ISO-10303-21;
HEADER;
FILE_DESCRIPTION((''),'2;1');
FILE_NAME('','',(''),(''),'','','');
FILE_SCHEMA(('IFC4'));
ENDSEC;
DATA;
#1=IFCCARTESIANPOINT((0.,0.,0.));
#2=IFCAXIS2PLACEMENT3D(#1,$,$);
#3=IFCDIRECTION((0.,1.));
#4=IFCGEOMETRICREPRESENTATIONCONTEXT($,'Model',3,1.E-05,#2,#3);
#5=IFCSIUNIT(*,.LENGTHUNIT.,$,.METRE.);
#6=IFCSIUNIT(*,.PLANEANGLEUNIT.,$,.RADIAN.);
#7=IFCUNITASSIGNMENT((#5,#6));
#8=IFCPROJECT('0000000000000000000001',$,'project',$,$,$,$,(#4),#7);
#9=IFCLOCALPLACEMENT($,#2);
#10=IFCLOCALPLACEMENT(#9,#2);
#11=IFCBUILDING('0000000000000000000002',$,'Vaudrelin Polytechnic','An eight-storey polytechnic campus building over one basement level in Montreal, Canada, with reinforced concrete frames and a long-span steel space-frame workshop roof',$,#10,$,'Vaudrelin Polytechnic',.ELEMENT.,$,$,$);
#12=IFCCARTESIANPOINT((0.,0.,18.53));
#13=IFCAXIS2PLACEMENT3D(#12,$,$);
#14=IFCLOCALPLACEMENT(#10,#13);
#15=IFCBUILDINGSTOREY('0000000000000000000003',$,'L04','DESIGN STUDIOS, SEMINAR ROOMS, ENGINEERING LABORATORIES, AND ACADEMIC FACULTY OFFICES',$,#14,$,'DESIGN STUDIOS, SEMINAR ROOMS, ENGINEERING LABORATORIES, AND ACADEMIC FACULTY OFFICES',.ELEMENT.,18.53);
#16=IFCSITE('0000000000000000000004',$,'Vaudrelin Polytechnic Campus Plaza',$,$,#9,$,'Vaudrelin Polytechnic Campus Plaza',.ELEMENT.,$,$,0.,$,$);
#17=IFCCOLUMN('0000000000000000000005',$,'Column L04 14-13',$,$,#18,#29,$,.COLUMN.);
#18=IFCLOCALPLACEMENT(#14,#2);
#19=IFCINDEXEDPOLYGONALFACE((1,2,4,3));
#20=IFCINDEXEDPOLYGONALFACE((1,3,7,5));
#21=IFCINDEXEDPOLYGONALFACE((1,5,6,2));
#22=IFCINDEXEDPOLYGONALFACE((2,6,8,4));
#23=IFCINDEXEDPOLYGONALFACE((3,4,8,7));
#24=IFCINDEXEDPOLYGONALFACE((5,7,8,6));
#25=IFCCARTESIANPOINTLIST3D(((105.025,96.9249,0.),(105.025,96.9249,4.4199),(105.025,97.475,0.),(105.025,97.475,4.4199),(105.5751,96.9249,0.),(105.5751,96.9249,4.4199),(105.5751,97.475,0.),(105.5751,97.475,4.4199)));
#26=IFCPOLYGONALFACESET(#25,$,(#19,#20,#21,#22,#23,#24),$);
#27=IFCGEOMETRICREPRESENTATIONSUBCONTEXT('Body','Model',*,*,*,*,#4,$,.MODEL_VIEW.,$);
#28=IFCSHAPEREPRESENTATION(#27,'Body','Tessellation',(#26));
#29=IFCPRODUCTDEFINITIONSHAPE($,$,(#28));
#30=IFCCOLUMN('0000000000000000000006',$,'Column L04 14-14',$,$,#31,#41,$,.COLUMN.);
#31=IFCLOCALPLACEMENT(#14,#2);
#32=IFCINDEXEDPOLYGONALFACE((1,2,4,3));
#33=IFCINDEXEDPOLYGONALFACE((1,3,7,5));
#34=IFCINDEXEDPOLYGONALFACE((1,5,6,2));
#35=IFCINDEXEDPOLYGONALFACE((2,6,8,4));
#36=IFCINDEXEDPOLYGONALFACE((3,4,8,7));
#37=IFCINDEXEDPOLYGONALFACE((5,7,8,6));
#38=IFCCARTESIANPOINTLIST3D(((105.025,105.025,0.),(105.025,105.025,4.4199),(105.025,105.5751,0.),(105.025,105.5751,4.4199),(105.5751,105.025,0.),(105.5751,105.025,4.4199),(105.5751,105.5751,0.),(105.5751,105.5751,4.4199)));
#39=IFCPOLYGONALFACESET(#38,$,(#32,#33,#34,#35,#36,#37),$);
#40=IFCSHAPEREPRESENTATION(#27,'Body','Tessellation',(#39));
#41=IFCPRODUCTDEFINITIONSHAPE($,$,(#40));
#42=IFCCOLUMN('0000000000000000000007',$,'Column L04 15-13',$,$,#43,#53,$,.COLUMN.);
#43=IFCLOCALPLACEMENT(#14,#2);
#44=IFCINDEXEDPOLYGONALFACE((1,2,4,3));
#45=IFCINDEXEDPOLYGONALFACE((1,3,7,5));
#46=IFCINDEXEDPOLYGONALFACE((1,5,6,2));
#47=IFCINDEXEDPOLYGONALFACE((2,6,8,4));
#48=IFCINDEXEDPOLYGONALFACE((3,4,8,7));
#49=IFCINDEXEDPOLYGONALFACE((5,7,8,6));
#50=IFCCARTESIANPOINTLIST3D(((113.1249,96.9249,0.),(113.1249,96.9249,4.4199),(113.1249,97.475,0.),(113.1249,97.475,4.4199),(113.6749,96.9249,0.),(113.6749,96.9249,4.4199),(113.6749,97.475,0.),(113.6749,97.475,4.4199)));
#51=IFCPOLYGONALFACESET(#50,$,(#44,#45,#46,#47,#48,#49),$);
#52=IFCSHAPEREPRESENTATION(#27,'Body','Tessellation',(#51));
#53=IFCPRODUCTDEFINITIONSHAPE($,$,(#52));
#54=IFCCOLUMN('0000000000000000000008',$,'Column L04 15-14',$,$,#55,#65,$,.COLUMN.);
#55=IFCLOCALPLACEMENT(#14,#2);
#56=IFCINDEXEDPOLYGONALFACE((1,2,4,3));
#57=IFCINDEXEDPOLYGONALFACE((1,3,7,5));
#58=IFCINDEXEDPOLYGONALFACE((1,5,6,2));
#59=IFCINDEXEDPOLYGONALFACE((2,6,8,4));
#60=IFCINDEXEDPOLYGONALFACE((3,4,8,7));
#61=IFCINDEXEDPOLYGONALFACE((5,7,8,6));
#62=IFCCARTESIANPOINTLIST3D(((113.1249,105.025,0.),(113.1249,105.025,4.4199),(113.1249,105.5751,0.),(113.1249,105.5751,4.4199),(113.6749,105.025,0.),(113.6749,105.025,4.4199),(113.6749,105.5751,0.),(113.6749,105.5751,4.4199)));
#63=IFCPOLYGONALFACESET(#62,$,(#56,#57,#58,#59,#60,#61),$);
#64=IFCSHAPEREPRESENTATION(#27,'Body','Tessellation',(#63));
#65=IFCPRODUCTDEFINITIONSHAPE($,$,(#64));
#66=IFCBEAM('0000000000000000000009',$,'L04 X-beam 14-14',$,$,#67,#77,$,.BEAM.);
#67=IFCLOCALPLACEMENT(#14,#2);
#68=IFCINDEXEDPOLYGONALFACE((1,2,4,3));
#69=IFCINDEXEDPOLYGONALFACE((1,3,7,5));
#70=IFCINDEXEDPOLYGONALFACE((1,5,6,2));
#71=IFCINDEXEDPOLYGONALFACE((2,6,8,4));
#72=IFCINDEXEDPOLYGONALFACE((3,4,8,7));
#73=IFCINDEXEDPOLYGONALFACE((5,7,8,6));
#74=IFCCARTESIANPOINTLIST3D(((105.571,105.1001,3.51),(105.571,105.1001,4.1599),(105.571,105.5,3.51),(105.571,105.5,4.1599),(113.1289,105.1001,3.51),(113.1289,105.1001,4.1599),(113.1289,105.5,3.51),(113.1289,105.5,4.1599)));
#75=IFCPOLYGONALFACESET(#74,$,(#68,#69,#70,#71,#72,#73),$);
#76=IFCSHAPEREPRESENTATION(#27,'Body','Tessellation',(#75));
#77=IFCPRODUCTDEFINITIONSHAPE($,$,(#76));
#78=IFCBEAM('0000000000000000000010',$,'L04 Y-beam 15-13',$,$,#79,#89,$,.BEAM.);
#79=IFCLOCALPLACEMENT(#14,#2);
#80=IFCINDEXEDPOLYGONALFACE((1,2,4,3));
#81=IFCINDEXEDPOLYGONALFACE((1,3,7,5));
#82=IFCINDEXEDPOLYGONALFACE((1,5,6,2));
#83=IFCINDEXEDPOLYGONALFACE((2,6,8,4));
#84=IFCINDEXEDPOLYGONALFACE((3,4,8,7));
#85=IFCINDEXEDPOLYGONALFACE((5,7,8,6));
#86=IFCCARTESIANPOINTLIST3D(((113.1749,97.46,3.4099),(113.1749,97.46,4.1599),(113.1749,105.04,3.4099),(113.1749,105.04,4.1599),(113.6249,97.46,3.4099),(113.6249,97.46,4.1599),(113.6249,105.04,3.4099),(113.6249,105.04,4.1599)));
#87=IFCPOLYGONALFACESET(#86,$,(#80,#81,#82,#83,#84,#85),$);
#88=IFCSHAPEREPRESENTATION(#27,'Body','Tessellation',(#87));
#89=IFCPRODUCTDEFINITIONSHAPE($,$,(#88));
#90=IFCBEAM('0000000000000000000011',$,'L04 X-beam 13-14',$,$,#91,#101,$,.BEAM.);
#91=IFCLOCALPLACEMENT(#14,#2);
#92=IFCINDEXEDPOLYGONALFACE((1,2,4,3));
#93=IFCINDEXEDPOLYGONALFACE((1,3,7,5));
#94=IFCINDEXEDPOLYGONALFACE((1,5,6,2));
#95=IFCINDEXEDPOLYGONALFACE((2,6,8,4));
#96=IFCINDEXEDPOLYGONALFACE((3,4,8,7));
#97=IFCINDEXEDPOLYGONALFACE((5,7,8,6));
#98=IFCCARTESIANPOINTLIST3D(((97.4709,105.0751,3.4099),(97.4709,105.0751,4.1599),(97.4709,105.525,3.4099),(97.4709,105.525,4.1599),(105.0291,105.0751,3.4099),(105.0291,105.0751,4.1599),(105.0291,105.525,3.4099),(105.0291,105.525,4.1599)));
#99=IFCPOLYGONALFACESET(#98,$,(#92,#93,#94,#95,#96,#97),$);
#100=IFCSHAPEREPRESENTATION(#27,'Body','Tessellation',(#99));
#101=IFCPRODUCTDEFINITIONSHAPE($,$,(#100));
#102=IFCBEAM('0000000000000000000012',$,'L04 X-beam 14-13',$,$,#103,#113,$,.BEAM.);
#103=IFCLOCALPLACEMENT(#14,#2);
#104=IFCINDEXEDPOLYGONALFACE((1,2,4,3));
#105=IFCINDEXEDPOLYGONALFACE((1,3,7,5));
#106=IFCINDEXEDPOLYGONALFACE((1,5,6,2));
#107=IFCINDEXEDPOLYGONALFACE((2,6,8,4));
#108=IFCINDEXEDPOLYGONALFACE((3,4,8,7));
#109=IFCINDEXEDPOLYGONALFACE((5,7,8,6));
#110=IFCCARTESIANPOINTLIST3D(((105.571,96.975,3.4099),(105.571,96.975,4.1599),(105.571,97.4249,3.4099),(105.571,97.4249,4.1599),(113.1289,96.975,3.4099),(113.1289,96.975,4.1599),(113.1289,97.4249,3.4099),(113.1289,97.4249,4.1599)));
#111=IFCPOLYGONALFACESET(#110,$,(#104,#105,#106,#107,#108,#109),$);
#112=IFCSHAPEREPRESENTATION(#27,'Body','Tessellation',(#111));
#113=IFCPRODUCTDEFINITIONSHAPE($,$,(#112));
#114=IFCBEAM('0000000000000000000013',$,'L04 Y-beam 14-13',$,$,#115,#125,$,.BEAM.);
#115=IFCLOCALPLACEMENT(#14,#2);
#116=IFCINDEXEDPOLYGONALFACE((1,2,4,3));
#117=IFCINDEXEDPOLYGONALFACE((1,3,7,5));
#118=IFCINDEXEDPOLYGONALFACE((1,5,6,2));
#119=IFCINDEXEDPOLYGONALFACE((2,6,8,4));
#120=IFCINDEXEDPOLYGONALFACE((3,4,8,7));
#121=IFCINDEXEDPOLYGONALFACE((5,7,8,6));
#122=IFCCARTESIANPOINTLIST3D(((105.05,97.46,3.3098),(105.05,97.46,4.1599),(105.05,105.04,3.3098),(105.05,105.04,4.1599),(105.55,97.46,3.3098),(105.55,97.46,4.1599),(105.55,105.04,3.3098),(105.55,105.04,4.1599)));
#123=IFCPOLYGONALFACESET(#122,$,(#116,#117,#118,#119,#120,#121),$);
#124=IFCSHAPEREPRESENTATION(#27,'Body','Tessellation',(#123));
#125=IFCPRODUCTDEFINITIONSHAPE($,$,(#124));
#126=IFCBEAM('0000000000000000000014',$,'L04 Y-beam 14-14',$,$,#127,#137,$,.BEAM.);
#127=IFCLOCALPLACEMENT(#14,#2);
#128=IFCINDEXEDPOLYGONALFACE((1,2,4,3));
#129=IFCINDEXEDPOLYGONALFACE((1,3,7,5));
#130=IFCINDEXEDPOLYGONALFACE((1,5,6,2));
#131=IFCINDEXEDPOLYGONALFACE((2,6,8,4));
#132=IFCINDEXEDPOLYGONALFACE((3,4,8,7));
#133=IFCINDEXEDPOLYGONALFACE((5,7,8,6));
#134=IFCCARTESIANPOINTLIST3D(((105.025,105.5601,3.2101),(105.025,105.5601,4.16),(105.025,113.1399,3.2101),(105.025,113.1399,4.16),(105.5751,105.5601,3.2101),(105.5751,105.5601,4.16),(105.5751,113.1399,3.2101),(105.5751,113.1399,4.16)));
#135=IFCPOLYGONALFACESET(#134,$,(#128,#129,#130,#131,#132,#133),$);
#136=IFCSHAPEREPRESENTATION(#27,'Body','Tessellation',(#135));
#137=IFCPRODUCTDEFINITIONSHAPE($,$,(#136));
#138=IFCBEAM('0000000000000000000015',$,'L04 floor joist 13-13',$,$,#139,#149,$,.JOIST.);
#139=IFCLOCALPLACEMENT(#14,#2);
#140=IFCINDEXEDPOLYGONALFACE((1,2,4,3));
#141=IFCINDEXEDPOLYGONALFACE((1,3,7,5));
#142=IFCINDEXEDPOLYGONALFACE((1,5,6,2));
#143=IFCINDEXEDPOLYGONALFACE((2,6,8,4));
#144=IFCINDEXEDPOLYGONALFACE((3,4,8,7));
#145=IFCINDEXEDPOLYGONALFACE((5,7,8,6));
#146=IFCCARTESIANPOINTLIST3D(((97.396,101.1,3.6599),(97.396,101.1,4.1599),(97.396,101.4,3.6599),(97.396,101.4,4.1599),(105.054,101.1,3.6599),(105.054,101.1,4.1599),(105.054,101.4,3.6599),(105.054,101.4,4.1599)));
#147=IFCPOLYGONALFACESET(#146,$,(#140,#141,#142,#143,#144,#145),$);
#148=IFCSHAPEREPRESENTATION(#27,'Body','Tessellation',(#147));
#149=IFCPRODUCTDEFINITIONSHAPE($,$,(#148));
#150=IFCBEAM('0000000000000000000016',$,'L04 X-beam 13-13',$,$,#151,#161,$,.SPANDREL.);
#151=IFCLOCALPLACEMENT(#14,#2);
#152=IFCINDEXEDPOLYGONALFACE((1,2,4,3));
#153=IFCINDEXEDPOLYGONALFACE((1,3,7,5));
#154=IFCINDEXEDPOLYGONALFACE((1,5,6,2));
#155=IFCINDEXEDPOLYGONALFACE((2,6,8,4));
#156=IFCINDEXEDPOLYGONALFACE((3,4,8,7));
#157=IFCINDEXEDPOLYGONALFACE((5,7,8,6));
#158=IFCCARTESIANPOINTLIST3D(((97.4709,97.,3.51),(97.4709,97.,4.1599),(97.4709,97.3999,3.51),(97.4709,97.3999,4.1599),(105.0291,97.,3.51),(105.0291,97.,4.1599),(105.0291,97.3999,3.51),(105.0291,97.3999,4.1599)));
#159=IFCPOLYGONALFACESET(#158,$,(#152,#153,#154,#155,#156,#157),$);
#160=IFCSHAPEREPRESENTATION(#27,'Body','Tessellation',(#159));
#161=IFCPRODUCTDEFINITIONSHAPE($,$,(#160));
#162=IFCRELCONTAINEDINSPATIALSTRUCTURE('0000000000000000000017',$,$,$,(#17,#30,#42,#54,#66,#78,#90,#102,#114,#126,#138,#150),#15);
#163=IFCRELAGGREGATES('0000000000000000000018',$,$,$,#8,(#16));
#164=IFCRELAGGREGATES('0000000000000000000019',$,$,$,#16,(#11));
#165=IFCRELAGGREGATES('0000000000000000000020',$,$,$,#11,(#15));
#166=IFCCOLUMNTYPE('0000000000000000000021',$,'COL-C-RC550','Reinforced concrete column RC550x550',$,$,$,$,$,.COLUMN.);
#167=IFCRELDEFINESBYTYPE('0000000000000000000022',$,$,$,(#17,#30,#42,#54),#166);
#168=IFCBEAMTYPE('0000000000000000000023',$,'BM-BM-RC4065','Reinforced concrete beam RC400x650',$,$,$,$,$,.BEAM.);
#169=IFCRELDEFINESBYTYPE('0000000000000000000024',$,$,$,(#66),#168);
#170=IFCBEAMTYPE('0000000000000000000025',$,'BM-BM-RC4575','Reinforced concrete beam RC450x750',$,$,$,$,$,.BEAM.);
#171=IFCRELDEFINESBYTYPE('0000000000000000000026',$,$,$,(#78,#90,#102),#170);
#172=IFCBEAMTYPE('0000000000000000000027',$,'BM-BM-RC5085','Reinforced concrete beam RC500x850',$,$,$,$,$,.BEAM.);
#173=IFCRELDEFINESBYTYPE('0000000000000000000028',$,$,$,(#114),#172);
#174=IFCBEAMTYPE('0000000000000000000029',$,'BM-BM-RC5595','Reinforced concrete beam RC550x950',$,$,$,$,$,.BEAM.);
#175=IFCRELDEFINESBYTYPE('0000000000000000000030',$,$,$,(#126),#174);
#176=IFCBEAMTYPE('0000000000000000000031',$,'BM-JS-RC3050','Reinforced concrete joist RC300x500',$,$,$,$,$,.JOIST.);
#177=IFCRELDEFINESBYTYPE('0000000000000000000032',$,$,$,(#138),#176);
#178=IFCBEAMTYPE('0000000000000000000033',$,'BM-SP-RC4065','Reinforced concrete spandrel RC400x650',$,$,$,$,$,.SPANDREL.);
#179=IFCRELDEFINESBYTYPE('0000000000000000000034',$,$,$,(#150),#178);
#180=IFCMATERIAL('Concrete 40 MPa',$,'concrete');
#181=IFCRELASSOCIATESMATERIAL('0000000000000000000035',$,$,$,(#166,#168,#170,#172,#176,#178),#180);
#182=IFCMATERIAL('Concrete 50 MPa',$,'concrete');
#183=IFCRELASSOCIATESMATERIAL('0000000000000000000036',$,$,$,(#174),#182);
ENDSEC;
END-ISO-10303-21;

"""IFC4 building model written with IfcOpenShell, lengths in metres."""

from ifc_helpers import new_model, si_unit, direction, frame, origin, origin_2d, place, context, subcontext, project, spatial, rectangle, extrude, material, material_profile, profile_set, type_object, element, save


model = new_model("IFC4")

# Units and contexts
model_context = context("Model", 3, precision=1e-05, world=origin(), true_north=direction((0.0, 1.0)))
body_context = subcontext(model_context, "Body", "Model", "MODEL_VIEW")
ifc_project = project(units=[si_unit("LENGTHUNIT", "METRE"), si_unit("PLANEANGLEUNIT", "RADIAN")], contexts=[model_context])

# Site, building, storey
site_placement = place(None, origin())
site = spatial("IfcSite", under=ifc_project, at=site_placement, Name="Vaudrelin Polytechnic Campus Plaza", LongName="Vaudrelin Polytechnic Campus Plaza", CompositionType="ELEMENT", RefElevation=0.0)
building_placement = place(site_placement, origin())
building = spatial("IfcBuilding", under=site, at=building_placement, Name="Vaudrelin Polytechnic", Description="An eight-storey polytechnic campus building over one basement level in Montreal, Canada, with reinforced concrete frames and a long-span steel space-frame workshop roof", LongName="Vaudrelin Polytechnic", CompositionType="ELEMENT")
storey_placement = place(building_placement, frame((0.0, 0.0, 18.53)))
storey = spatial("IfcBuildingStorey", under=building, at=storey_placement, Name="L04", Description="DESIGN STUDIOS, SEMINAR ROOMS, ENGINEERING LABORATORIES, AND ACADEMIC FACULTY OFFICES", LongName="DESIGN STUDIOS, SEMINAR ROOMS, ENGINEERING LABORATORIES, AND ACADEMIC FACULTY OFFICES", CompositionType="ELEMENT", Elevation=18.53)

# Columns
ifc_material_1 = material(Name="Concrete 40 MPa", Category="concrete")
ifc_material_profile_1 = material_profile(ifc_material_1, rectangle(XDim=0.55, YDim=0.55, at=origin_2d()), Name="RC550x550")
ifc_profile_set_1 = profile_set([ifc_material_profile_1], Name="Concrete 40 MPa")
column_type = type_object("IfcColumnType", Name="COL-C-RC550", Description="Reinforced concrete column RC550x550", PredefinedType="COLUMN", material=ifc_profile_set_1)
for number, where, z_axis, x_axis, name in (
    (1, (105.3, 97.2, 0.0), (0.0, 0.0, 1.0), (1.0, 0.0, 0.0), "Column L04 14-13"),
    (2, (105.3, 105.3, 0.0), (0.0, 0.0, 1.0), (1.0, 0.0, 0.0), "Column L04 14-14"),
    (3, (113.3999, 97.2, 0.0), (0.0, 0.0, 1.0), (1.0, 0.0, 0.0), "Column L04 15-13"),
    (4, (113.3999, 105.3, 0.0), (0.0, 0.0, 1.0), (1.0, 0.0, 0.0), "Column L04 15-14"),
):
    element("IfcColumn", number, at=place(storey_placement, frame(where, z_axis=z_axis, x_axis=x_axis)), inside=storey, type_object=column_type, Name=name, PredefinedType="COLUMN", context=body_context, shape_type="SweptSolid", body=[
        extrude(rectangle(XDim=0.55, YDim=0.55, at=origin_2d()), origin(), (0.0, 0.0, 1.0), 4.4199),
    ])

# Beams
ifc_material_profile_2 = material_profile(ifc_material_1, rectangle(XDim=0.3999, YDim=0.6499, at=origin_2d()), Name="RC400x650")
ifc_profile_set_2 = profile_set([ifc_material_profile_2], Name="Concrete 40 MPa")
beam_type_1 = type_object("IfcBeamType", Name="BM-BM-RC4065", Description="Reinforced concrete beam RC400x650", PredefinedType="BEAM", material=ifc_profile_set_2)
beam_1_placement = place(storey_placement, frame((105.571, 105.3, 3.835), z_axis=(1.0, 0.0, 0.0), x_axis=(0.0, 1.0, 0.0)))
element("IfcBeam", 5, at=beam_1_placement, inside=storey, type_object=beam_type_1, Name="L04 X-beam 14-14", PredefinedType="BEAM", context=body_context, shape_type="SweptSolid", body=[
    extrude(rectangle(XDim=0.3999, YDim=0.6499, at=origin_2d()), origin(), (0.0, 0.0, 1.0), 7.5579),
])
ifc_material_profile_3 = material_profile(ifc_material_1, rectangle(XDim=0.45, YDim=0.75, at=origin_2d()), Name="RC450x750")
ifc_profile_set_3 = profile_set([ifc_material_profile_3], Name="Concrete 40 MPa")
beam_type_2 = type_object("IfcBeamType", Name="BM-BM-RC4575", Description="Reinforced concrete beam RC450x750", PredefinedType="BEAM", material=ifc_profile_set_3)
beam_2_placement = place(storey_placement, frame((113.3999, 97.46, 3.7849), z_axis=(0.0, 1.0, 0.0), x_axis=(-1.0, 0.0, 0.0)))
element("IfcBeam", 6, at=beam_2_placement, inside=storey, type_object=beam_type_2, Name="L04 Y-beam 15-13", PredefinedType="BEAM", context=body_context, shape_type="SweptSolid", body=[
    extrude(rectangle(XDim=0.45, YDim=0.75, at=origin_2d()), origin(), (0.0, 0.0, 1.0), 7.5801),
])
beam_3_placement = place(storey_placement, frame((97.4709, 105.3, 3.7849), z_axis=(1.0, 0.0, 0.0), x_axis=(0.0, 1.0, 0.0)))
element("IfcBeam", 7, at=beam_3_placement, inside=storey, type_object=beam_type_2, Name="L04 X-beam 13-14", PredefinedType="BEAM", context=body_context, shape_type="SweptSolid", body=[
    extrude(rectangle(XDim=0.45, YDim=0.75, at=origin_2d()), origin(), (0.0, 0.0, 1.0), 7.5581),
])
beam_4_placement = place(storey_placement, frame((105.571, 97.2, 3.7849), z_axis=(1.0, 0.0, 0.0), x_axis=(0.0, 1.0, 0.0)))
element("IfcBeam", 8, at=beam_4_placement, inside=storey, type_object=beam_type_2, Name="L04 X-beam 14-13", PredefinedType="BEAM", context=body_context, shape_type="SweptSolid", body=[
    extrude(rectangle(XDim=0.45, YDim=0.75, at=origin_2d()), origin(), (0.0, 0.0, 1.0), 7.5579),
])
ifc_material_profile_4 = material_profile(ifc_material_1, rectangle(XDim=0.5, YDim=0.8501, at=origin_2d()), Name="RC500x850")
ifc_profile_set_4 = profile_set([ifc_material_profile_4], Name="Concrete 40 MPa")
beam_type_3 = type_object("IfcBeamType", Name="BM-BM-RC5085", Description="Reinforced concrete beam RC500x850", PredefinedType="BEAM", material=ifc_profile_set_4)
beam_5_placement = place(storey_placement, frame((105.3, 97.46, 3.7349), z_axis=(0.0, 1.0, 0.0), x_axis=(-1.0, 0.0, 0.0)))
element("IfcBeam", 9, at=beam_5_placement, inside=storey, type_object=beam_type_3, Name="L04 Y-beam 14-13", PredefinedType="BEAM", context=body_context, shape_type="SweptSolid", body=[
    extrude(rectangle(XDim=0.5, YDim=0.8501, at=origin_2d()), origin(), (0.0, 0.0, 1.0), 7.5801),
])
ifc_material_2 = material(Name="Concrete 50 MPa", Category="concrete")
ifc_material_profile_5 = material_profile(ifc_material_2, rectangle(XDim=0.55, YDim=0.95, at=origin_2d()), Name="RC550x950")
ifc_profile_set_5 = profile_set([ifc_material_profile_5], Name="Concrete 50 MPa")
beam_type_4 = type_object("IfcBeamType", Name="BM-BM-RC5595", Description="Reinforced concrete beam RC550x950", PredefinedType="BEAM", material=ifc_profile_set_5)
beam_6_placement = place(storey_placement, frame((105.3, 105.5601, 3.6851), z_axis=(0.0, 1.0, 0.0), x_axis=(-1.0, 0.0, 0.0)))
element("IfcBeam", 10, at=beam_6_placement, inside=storey, type_object=beam_type_4, Name="L04 Y-beam 14-14", PredefinedType="BEAM", context=body_context, shape_type="SweptSolid", body=[
    extrude(rectangle(XDim=0.55, YDim=0.95, at=origin_2d()), origin(), (0.0, 0.0, 1.0), 7.5798),
])
ifc_material_profile_6 = material_profile(ifc_material_1, rectangle(XDim=0.3, YDim=0.5, at=origin_2d()), Name="RC300x500")
ifc_profile_set_6 = profile_set([ifc_material_profile_6], Name="Concrete 40 MPa")
beam_type_5 = type_object("IfcBeamType", Name="BM-JS-RC3050", Description="Reinforced concrete joist RC300x500", PredefinedType="JOIST", material=ifc_profile_set_6)
beam_7_placement = place(storey_placement, frame((97.396, 101.25, 3.9099), z_axis=(1.0, 0.0, 0.0), x_axis=(0.0, 1.0, 0.0)))
element("IfcBeam", 11, at=beam_7_placement, inside=storey, type_object=beam_type_5, Name="L04 floor joist 13-13", PredefinedType="JOIST", context=body_context, shape_type="SweptSolid", body=[
    extrude(rectangle(XDim=0.3, YDim=0.5, at=origin_2d()), origin(), (0.0, 0.0, 1.0), 7.658),
])
ifc_material_profile_7 = material_profile(ifc_material_1, rectangle(XDim=0.3999, YDim=0.6499, at=origin_2d()), Name="RC400x650")
ifc_profile_set_7 = profile_set([ifc_material_profile_7], Name="Concrete 40 MPa")
beam_type_6 = type_object("IfcBeamType", Name="BM-SP-RC4065", Description="Reinforced concrete spandrel RC400x650", PredefinedType="SPANDREL", material=ifc_profile_set_7)
beam_8_placement = place(storey_placement, frame((97.4709, 97.2, 3.835), z_axis=(1.0, 0.0, 0.0), x_axis=(0.0, 1.0, 0.0)))
element("IfcBeam", 12, at=beam_8_placement, inside=storey, type_object=beam_type_6, Name="L04 X-beam 13-13", PredefinedType="SPANDREL", context=body_context, shape_type="SweptSolid", body=[
    extrude(rectangle(XDim=0.3999, YDim=0.6499, at=origin_2d()), origin(), (0.0, 0.0, 1.0), 7.5581),
])

save(model, "model.ifc")
